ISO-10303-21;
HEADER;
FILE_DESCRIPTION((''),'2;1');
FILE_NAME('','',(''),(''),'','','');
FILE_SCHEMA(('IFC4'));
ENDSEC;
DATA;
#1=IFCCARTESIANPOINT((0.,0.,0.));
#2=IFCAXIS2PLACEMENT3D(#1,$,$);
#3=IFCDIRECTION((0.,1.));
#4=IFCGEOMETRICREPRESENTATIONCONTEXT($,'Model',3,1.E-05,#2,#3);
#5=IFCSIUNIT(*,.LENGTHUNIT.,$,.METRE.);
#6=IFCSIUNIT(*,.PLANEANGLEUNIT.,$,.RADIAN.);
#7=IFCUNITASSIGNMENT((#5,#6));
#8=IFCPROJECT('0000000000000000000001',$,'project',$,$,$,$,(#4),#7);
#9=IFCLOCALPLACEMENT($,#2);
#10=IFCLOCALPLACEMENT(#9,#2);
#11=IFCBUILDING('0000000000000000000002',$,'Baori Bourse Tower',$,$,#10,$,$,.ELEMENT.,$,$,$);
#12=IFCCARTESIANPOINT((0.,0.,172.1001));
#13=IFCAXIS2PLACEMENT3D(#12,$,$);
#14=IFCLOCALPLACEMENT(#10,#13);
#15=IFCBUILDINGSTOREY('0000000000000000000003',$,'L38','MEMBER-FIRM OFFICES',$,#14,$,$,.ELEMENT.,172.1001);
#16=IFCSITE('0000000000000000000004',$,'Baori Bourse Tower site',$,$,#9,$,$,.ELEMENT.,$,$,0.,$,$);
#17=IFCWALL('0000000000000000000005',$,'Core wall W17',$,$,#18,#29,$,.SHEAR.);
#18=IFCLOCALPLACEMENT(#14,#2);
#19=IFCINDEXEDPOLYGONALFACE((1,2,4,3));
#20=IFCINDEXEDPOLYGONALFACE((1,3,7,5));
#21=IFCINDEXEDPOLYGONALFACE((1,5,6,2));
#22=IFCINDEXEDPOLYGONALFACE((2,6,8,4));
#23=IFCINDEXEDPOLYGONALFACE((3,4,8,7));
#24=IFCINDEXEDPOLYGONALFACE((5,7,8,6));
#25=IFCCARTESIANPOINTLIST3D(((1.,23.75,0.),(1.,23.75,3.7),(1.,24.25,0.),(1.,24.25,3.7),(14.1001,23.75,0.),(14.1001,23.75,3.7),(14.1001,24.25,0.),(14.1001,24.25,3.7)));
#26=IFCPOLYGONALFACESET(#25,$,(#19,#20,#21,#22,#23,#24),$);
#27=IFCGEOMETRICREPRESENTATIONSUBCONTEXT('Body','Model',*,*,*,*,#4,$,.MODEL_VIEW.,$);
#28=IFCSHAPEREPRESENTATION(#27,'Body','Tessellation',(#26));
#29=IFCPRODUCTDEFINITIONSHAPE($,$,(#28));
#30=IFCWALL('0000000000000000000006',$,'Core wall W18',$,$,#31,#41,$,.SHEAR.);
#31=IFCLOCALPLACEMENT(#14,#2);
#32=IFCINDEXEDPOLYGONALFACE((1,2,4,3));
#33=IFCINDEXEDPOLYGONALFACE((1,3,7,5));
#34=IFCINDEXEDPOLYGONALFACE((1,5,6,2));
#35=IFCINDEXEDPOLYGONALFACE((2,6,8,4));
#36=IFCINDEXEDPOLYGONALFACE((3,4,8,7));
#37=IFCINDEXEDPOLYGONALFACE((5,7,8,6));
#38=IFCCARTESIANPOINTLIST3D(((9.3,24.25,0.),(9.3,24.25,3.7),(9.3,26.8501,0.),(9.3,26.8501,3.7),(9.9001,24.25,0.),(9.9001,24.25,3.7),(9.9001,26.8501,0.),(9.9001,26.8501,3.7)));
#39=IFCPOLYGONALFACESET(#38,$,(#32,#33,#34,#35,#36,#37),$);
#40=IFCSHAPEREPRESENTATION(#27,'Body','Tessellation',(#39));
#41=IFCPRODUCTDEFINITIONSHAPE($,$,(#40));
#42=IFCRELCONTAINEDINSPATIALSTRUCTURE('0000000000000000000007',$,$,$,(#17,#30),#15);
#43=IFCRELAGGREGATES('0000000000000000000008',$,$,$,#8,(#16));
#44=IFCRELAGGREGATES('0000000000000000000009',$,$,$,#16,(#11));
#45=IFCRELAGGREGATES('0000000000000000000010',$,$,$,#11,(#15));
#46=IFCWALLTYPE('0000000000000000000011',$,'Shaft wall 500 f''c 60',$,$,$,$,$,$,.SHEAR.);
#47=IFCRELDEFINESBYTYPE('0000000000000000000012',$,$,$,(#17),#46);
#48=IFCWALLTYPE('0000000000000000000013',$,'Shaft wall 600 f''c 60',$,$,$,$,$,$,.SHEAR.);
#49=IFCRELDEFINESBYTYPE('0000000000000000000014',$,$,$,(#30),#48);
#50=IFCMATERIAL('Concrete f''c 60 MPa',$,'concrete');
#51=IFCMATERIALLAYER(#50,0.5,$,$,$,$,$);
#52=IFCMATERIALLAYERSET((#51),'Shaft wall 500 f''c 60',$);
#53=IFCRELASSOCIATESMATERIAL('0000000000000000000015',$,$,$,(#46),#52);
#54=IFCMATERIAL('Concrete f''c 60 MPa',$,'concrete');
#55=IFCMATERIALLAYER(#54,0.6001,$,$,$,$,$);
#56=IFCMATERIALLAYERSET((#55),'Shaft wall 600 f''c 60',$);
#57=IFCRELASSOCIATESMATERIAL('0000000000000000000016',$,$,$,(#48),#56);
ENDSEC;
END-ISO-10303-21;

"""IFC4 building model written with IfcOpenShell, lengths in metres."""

from ifc_helpers import new_model, si_unit, direction, frame, frame_2d, origin, place, context, subcontext, project, spatial, rectangle, extrude, material, layer, layer_set, type_object, element, save


model = new_model("IFC4")

# Units and contexts
model_context = context("Model", 3, precision=1e-05, world=origin(), true_north=direction((0.0, 1.0)))
body_context = subcontext(model_context, "Body", "Model", "MODEL_VIEW")
ifc_project = project(units=[si_unit("LENGTHUNIT", "METRE"), si_unit("PLANEANGLEUNIT", "RADIAN")], contexts=[model_context])

# Site, building, storey
site_placement = place(None, origin())
site = spatial("IfcSite", under=ifc_project, at=site_placement, Name="Baori Bourse Tower site", CompositionType="ELEMENT", RefElevation=0.0)
building_placement = place(site_placement, origin())
building = spatial("IfcBuilding", under=site, at=building_placement, Name="Baori Bourse Tower", CompositionType="ELEMENT")
storey_placement = place(building_placement, frame((0.0, 0.0, 172.1001)))
storey = spatial("IfcBuildingStorey", under=building, at=storey_placement, Name="L38", Description="MEMBER-FIRM OFFICES", CompositionType="ELEMENT", Elevation=172.1001)

# Walls
ifc_material_1 = material(Name="Concrete f'c 60 MPa", Category="concrete")
ifc_layer_1 = layer(ifc_material_1, 0.5)
ifc_layer_set_1 = layer_set([ifc_layer_1], Name="Shaft wall 500 f'c 60")
wall_type_1 = type_object("IfcWallType", Name="Shaft wall 500 f'c 60", PredefinedType="SHEAR", material=ifc_layer_set_1)
wall_1_placement = place(storey_placement, frame((1.0, 24.0, 0.0), z_axis=(0.0, 0.0, 1.0), x_axis=(1.0, 0.0, 0.0)))
element("IfcWall", 1, at=wall_1_placement, inside=storey, type_object=wall_type_1, Name="Core wall W17", PredefinedType="SHEAR", context=body_context, shape_type="SweptSolid", body=[
    extrude(rectangle(XDim=13.1001, YDim=0.5, at=frame_2d((6.55, 0.0))), origin(), (0.0, 0.0, 1.0), 3.7),
])
ifc_material_2 = material(Name="Concrete f'c 60 MPa", Category="concrete")
ifc_layer_2 = layer(ifc_material_2, 0.6001)
ifc_layer_set_2 = layer_set([ifc_layer_2], Name="Shaft wall 600 f'c 60")
wall_type_2 = type_object("IfcWallType", Name="Shaft wall 600 f'c 60", PredefinedType="SHEAR", material=ifc_layer_set_2)
wall_2_placement = place(storey_placement, frame((9.6001, 24.25, 0.0), z_axis=(0.0, 0.0, 1.0), x_axis=(0.0, 1.0, 0.0)))
element("IfcWall", 2, at=wall_2_placement, inside=storey, type_object=wall_type_2, Name="Core wall W18", PredefinedType="SHEAR", context=body_context, shape_type="SweptSolid", body=[
    extrude(rectangle(XDim=2.6001, YDim=0.6001, at=frame_2d((1.3, 0.0))), origin(), (0.0, 0.0, 1.0), 3.7),
])

save(model, "model.ifc")
